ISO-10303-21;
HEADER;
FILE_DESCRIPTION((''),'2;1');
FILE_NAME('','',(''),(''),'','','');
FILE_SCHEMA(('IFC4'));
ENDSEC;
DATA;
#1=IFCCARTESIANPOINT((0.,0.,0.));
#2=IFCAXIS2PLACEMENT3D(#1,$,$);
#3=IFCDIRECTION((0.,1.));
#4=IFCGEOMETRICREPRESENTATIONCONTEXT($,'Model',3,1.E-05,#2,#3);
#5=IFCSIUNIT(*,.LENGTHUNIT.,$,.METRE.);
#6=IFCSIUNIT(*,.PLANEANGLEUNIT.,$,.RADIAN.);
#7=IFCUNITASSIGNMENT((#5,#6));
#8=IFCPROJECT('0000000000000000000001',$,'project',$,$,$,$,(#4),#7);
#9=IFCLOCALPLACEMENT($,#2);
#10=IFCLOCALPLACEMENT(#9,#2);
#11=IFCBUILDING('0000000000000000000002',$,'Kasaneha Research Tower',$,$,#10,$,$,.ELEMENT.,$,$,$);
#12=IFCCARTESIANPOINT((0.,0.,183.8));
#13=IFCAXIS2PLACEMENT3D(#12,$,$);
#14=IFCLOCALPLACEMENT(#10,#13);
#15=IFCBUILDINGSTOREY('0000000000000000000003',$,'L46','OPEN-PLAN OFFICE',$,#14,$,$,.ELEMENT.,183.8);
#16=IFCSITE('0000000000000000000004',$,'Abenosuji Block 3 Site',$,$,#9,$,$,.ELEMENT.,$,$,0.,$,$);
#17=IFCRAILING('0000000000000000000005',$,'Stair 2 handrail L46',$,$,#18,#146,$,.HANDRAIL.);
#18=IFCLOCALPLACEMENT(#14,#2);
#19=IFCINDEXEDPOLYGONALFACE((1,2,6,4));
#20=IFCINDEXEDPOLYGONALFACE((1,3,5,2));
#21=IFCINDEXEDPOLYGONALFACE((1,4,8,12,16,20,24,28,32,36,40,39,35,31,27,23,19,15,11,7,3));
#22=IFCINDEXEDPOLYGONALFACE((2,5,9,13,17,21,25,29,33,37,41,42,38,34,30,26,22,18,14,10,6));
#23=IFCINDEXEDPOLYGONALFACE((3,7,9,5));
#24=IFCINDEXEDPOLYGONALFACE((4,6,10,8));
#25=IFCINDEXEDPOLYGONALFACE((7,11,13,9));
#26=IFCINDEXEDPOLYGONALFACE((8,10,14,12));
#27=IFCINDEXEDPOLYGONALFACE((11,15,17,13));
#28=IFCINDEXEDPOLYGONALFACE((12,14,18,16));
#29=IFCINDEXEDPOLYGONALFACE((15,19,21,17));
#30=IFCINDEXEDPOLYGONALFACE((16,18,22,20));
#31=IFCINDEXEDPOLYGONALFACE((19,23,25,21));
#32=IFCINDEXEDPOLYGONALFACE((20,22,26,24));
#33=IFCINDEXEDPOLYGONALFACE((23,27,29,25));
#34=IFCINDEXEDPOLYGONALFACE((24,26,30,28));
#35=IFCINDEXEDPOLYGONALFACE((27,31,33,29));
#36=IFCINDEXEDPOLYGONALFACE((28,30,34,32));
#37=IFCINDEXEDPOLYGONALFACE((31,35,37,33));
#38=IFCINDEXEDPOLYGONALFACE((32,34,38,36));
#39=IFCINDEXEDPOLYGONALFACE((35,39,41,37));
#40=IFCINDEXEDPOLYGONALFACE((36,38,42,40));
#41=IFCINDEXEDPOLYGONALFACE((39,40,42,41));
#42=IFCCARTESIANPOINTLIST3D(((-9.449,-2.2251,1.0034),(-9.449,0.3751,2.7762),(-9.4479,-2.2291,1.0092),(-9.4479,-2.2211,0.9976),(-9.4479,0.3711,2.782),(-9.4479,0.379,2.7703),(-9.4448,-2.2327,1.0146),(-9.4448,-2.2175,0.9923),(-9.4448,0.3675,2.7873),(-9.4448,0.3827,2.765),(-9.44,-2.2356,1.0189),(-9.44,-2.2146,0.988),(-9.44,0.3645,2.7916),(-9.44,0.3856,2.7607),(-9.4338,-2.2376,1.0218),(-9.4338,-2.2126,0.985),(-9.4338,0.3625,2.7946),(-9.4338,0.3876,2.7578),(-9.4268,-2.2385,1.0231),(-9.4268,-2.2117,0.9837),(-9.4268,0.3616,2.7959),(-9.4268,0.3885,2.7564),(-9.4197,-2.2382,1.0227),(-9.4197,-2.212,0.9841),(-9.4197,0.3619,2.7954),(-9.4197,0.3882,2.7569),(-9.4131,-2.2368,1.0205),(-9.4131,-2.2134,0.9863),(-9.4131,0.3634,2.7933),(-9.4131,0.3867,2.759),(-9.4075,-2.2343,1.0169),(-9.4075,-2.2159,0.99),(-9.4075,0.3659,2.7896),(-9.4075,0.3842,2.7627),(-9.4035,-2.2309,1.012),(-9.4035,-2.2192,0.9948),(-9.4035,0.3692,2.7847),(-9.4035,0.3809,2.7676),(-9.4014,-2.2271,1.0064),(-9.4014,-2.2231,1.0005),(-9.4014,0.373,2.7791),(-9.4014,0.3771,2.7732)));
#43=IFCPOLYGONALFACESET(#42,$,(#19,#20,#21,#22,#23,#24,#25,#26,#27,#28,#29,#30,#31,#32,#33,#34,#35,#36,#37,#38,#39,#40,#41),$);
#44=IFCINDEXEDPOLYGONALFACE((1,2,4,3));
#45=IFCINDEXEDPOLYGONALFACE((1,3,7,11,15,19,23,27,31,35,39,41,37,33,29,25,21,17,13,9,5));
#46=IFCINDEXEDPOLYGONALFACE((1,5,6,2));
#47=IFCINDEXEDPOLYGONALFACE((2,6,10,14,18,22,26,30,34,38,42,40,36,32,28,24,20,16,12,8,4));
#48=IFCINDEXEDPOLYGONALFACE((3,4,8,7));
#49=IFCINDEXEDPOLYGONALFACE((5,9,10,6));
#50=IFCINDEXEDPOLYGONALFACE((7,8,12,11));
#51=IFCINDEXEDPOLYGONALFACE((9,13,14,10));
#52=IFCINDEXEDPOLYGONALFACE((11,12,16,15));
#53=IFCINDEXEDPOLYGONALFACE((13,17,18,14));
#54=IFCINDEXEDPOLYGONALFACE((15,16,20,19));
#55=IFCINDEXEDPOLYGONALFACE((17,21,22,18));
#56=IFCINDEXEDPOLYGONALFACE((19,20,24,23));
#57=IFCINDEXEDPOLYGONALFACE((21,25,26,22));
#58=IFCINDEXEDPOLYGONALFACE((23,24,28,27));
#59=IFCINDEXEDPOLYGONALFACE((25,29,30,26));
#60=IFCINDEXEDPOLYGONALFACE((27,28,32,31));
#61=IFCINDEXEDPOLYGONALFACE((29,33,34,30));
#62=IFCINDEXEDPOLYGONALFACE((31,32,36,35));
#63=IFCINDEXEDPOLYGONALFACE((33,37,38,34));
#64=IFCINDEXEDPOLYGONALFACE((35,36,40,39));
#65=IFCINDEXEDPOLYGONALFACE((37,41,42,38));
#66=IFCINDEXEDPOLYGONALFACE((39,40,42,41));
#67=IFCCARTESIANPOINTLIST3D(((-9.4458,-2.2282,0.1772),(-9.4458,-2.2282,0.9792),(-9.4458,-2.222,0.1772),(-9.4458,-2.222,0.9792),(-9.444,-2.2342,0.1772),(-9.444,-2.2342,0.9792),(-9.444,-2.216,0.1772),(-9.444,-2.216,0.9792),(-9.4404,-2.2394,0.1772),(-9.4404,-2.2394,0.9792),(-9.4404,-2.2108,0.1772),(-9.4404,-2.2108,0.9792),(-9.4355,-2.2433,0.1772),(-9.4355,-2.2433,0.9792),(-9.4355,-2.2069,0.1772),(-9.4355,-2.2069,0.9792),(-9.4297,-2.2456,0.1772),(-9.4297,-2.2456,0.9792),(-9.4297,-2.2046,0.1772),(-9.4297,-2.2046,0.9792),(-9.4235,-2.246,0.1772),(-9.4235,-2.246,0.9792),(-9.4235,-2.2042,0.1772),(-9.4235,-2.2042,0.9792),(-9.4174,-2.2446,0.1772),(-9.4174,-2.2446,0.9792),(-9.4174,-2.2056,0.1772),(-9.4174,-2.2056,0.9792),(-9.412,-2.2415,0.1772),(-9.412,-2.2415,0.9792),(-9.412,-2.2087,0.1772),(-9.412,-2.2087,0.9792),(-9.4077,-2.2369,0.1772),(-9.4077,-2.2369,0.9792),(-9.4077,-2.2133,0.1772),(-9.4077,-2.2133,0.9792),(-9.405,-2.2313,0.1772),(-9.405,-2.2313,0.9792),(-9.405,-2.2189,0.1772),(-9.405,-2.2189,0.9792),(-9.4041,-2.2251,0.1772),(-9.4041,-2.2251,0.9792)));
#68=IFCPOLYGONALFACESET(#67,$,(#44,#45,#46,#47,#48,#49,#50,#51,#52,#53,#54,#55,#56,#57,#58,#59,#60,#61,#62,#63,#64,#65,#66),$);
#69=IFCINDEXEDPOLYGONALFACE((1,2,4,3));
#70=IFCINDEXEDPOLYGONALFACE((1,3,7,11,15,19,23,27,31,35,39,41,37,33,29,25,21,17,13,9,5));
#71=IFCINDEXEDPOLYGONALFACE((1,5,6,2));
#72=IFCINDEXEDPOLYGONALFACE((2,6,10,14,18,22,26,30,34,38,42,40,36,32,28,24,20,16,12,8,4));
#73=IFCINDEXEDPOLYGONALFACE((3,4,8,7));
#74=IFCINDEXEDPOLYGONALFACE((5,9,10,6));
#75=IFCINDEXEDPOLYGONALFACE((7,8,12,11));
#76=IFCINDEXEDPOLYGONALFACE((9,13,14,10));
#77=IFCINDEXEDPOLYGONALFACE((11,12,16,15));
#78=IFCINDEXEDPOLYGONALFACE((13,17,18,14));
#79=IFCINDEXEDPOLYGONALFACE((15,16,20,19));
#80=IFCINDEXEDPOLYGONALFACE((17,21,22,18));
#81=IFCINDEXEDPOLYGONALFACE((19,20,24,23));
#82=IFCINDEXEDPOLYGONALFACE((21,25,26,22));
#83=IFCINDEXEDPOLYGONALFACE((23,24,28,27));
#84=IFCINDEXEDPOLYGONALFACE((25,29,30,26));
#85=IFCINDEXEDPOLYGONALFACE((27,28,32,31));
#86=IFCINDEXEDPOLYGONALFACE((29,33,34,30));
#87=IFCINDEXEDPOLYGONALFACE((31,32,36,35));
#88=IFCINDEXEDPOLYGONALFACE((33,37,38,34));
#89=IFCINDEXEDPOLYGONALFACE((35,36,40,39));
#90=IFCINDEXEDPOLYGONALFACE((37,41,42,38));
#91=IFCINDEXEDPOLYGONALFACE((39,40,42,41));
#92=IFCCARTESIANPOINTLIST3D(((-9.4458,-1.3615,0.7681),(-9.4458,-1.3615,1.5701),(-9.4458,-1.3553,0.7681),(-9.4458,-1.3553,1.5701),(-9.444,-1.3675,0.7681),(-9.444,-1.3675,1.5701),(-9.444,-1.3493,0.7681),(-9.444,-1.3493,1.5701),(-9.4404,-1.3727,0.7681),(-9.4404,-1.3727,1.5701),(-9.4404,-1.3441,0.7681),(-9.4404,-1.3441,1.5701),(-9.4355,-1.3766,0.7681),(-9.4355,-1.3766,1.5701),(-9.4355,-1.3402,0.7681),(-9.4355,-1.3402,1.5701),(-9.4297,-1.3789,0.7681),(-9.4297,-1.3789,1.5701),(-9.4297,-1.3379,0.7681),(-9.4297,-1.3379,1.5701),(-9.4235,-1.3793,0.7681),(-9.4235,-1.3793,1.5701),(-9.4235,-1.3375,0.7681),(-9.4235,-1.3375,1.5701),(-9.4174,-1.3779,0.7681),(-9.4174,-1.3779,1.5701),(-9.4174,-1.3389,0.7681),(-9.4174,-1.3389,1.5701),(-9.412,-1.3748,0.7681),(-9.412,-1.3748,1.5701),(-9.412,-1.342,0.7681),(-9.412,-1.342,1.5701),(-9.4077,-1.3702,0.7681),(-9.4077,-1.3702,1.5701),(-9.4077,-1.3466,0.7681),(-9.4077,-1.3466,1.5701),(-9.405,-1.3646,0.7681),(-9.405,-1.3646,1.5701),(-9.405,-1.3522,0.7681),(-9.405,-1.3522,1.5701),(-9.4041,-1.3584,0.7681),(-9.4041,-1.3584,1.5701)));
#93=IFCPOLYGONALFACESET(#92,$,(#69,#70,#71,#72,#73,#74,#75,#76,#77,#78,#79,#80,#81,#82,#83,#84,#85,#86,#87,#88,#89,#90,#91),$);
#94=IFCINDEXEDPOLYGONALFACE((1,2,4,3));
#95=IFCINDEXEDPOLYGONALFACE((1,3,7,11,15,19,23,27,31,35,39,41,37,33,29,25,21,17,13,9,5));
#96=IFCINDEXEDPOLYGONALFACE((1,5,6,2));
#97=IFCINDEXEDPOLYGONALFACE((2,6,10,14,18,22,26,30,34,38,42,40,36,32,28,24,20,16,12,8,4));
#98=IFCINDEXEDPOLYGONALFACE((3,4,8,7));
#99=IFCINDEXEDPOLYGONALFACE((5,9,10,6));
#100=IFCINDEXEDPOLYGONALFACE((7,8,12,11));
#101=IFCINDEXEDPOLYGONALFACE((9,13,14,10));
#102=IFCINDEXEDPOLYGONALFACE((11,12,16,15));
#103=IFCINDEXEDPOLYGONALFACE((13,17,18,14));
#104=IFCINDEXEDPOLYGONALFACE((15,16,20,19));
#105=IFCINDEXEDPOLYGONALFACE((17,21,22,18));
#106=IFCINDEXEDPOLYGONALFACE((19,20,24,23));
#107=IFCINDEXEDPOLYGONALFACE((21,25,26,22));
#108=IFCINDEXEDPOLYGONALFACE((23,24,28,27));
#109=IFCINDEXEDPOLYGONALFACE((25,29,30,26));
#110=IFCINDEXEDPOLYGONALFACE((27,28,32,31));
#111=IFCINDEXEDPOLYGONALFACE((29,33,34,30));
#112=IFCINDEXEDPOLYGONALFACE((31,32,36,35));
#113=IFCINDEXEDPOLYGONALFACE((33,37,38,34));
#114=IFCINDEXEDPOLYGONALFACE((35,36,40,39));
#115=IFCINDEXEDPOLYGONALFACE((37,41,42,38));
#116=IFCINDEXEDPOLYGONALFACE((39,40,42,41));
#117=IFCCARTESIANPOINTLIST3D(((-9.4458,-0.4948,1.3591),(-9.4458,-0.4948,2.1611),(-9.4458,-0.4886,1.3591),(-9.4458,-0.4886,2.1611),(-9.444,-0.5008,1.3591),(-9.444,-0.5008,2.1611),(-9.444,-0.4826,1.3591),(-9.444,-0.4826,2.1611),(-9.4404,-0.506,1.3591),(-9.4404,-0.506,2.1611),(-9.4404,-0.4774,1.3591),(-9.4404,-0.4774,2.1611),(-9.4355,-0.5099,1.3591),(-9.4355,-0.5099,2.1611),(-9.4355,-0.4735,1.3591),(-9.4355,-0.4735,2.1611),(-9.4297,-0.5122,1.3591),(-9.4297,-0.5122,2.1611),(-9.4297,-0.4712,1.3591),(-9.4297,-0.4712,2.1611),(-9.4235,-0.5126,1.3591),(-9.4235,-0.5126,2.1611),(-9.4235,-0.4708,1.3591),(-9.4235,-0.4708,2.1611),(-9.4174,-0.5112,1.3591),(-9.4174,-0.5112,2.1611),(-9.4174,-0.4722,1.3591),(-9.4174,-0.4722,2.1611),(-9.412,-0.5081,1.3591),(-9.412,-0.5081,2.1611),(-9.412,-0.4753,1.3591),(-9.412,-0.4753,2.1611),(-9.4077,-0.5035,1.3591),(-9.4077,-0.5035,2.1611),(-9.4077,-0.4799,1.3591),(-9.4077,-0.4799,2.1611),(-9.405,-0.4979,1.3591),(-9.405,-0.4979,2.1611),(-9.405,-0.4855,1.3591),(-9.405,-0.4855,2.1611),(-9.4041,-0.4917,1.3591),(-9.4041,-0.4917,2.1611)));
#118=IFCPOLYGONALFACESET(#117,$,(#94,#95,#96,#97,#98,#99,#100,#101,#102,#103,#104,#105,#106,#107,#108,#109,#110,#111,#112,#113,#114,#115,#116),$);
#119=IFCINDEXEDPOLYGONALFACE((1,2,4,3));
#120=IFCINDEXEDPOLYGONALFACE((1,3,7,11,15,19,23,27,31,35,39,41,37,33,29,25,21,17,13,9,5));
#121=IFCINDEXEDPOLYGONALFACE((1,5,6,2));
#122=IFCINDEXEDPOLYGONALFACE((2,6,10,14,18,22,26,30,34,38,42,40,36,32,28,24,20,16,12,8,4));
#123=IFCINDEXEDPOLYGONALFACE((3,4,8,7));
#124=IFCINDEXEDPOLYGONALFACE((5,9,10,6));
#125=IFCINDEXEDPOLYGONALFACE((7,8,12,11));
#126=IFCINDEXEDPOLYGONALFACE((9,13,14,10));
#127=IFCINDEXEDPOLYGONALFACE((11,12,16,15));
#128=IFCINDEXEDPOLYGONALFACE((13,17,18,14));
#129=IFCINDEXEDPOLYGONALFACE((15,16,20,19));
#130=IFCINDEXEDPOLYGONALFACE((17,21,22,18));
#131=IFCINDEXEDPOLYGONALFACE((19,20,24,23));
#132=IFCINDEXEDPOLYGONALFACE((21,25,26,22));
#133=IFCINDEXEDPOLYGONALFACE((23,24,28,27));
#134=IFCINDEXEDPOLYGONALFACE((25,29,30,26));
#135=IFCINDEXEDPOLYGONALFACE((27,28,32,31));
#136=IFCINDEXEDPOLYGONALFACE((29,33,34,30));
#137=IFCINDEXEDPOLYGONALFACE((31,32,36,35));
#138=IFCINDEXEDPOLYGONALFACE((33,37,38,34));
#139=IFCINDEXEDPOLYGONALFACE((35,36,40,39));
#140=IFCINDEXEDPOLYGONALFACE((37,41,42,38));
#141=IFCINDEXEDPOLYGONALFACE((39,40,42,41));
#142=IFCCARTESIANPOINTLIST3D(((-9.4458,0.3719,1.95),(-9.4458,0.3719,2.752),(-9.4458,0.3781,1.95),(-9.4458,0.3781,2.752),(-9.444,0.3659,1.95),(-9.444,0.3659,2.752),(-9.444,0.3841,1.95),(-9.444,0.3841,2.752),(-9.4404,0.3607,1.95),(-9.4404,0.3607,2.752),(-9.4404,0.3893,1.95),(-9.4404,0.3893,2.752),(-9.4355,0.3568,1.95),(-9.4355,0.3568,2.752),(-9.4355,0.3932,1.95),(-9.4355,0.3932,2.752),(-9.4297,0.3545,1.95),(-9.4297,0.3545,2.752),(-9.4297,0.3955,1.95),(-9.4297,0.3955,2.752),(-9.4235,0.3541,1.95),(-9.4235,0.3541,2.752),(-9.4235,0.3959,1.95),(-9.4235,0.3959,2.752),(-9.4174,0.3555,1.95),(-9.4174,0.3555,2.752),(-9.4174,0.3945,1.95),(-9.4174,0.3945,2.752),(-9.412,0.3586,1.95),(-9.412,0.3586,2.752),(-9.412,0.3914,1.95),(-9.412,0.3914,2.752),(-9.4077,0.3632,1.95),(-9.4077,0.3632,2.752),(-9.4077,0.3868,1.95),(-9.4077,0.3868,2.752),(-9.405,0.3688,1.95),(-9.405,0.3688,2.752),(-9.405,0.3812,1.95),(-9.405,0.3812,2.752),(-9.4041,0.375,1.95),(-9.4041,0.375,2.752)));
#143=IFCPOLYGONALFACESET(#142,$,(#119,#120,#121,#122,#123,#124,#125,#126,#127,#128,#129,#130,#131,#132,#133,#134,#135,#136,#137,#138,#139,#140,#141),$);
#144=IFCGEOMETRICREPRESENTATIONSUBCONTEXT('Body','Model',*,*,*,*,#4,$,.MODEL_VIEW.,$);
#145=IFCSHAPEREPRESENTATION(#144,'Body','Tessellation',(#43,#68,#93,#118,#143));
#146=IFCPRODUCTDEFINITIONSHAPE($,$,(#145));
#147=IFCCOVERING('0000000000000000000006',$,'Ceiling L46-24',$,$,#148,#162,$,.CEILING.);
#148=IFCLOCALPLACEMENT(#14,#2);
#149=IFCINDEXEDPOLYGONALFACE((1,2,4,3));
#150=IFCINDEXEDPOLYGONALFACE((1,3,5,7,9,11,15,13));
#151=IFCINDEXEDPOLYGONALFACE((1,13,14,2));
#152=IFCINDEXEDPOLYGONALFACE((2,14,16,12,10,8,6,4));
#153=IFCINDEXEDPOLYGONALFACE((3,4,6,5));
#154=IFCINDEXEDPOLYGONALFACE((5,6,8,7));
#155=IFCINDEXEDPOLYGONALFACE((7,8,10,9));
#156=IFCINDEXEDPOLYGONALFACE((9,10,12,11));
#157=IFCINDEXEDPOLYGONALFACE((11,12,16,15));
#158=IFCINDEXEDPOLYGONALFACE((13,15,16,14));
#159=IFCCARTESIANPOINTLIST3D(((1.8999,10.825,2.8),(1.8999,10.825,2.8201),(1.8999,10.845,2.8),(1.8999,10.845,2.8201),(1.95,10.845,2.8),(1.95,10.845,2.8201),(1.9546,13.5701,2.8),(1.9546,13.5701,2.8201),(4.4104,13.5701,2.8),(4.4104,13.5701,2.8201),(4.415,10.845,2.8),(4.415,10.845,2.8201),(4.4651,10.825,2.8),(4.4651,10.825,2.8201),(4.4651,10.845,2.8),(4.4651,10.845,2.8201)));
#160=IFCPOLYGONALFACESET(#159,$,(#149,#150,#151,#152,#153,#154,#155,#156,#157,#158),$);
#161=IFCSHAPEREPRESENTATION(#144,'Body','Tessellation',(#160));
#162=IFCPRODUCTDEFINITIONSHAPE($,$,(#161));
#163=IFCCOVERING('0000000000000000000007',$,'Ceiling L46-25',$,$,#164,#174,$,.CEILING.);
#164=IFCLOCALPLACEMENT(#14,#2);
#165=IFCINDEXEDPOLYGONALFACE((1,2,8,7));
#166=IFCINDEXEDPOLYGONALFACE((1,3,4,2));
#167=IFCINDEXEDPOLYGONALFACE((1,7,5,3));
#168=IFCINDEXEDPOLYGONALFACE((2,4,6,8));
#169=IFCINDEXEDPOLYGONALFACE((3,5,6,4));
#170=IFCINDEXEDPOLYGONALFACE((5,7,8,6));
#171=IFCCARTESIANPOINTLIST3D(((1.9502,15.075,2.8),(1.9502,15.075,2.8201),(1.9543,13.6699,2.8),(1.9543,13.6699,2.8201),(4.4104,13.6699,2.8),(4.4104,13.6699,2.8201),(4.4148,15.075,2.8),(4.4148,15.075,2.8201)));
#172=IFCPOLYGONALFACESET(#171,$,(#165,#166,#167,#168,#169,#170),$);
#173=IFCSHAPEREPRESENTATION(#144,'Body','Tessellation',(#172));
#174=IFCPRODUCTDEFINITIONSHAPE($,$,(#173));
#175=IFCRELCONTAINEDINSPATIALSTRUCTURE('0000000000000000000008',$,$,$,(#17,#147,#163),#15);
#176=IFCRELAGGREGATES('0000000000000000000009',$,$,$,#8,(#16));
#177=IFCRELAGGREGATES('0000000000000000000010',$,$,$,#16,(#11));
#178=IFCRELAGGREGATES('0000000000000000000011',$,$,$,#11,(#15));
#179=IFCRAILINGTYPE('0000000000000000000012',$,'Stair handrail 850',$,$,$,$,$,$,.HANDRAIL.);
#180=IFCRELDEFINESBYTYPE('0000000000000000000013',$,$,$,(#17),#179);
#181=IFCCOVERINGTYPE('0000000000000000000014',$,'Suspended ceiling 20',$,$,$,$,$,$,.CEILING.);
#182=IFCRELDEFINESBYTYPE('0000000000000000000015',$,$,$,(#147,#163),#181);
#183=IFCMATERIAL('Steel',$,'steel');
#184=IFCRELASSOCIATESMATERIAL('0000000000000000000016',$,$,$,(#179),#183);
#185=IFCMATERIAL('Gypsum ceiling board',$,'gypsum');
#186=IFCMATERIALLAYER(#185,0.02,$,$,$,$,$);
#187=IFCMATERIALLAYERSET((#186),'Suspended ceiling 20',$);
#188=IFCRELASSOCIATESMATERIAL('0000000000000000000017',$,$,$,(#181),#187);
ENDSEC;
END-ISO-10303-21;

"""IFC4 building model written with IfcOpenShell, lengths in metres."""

from ifc_helpers import new_model, si_unit, direction, frame, origin, origin_2d, place, context, subcontext, project, spatial, polyline, circle, outline, extrude, material, layer, layer_set, type_object, element, save


model = new_model("IFC4")

# Units and contexts
model_context = context("Model", 3, precision=1e-05, world=origin(), true_north=direction((0.0, 1.0)))
body_context = subcontext(model_context, "Body", "Model", "MODEL_VIEW")
ifc_project = project(units=[si_unit("LENGTHUNIT", "METRE"), si_unit("PLANEANGLEUNIT", "RADIAN")], contexts=[model_context])

# Site, building, storey
site_placement = place(None, origin())
site = spatial("IfcSite", under=ifc_project, at=site_placement, Name="Abenosuji Block 3 Site", CompositionType="ELEMENT", RefElevation=0.0)
building_placement = place(site_placement, origin())
building = spatial("IfcBuilding", under=site, at=building_placement, Name="Kasaneha Research Tower", CompositionType="ELEMENT")
storey_placement = place(building_placement, frame((0.0, 0.0, 183.8)))
storey = spatial("IfcBuildingStorey", under=building, at=storey_placement, Name="L46", Description="OPEN-PLAN OFFICE", CompositionType="ELEMENT", Elevation=183.8)

# Railing
ifc_material_1 = material(Name="Steel", Category="steel")
railing_type = type_object("IfcRailingType", Name="Stair handrail 850", PredefinedType="HANDRAIL", material=ifc_material_1)
railing_placement = place(storey_placement, frame((-9.425, -2.2251, 0.1772)))
element("IfcRailing", 1, at=railing_placement, inside=storey, type_object=railing_type, Name="Stair 2 handrail L46", PredefinedType="HANDRAIL", context=body_context, shape_type="SweptSolid", body=[
    extrude(circle(Radius=0.0239, at=origin_2d()), frame((0.0, 0.0, 0.8262), z_axis=(0.0, 0.82624, 0.563318), x_axis=(-1.0, 0.0, 0.0)), (0.0, 0.0, 1.0), 3.147),
    extrude(circle(Radius=0.021, at=origin_2d()), origin(), (0.0, 0.0, 1.0), 0.802),
    extrude(circle(Radius=0.021, at=origin_2d()), frame((0.0, 0.8667, 0.5908)), (0.0, 0.0, 1.0), 0.802),
    extrude(circle(Radius=0.021, at=origin_2d()), frame((0.0, 1.7334, 1.1819)), (0.0, 0.0, 1.0), 0.802),
    extrude(circle(Radius=0.021, at=origin_2d()), frame((0.0, 2.6001, 1.7727)), (0.0, 0.0, 1.0), 0.802),
])

# Coverings
ifc_material_2 = material(Name="Gypsum ceiling board", Category="gypsum")
ifc_layer_1 = layer(ifc_material_2, 0.02)
ifc_layer_set_1 = layer_set([ifc_layer_1], Name="Suspended ceiling 20")
covering_type_1 = type_object("IfcCoveringType", Name="Suspended ceiling 20", PredefinedType="CEILING", material=ifc_layer_set_1)
covering_1_placement = place(storey_placement, frame((0.0, 0.0, 2.8)))
element("IfcCovering", 2, at=covering_1_placement, inside=storey, type_object=covering_type_1, Name="Ceiling L46-24", PredefinedType="CEILING", context=body_context, shape_type="SweptSolid", body=[
    extrude(outline(polyline([(1.8999, 10.825), (1.8999, 10.845), (1.95, 10.845), (1.9546, 13.5701), (4.4104, 13.5701), (4.415, 10.845), (4.4651, 10.845), (4.4651, 10.825), (1.8999, 10.825)])), origin(), (0.0, 0.0, 1.0), 0.02),
])
covering_2_placement = place(storey_placement, frame((0.0, 0.0, 2.8)))
element("IfcCovering", 3, at=covering_2_placement, inside=storey, type_object=covering_type_1, Name="Ceiling L46-25", PredefinedType="CEILING", context=body_context, shape_type="SweptSolid", body=[
    extrude(outline(polyline([(4.4104, 13.6699), (1.9543, 13.6699), (1.9502, 15.075), (4.4148, 15.075), (4.4104, 13.6699)])), origin(), (0.0, 0.0, 1.0), 0.02),
])

save(model, "model.ifc")
